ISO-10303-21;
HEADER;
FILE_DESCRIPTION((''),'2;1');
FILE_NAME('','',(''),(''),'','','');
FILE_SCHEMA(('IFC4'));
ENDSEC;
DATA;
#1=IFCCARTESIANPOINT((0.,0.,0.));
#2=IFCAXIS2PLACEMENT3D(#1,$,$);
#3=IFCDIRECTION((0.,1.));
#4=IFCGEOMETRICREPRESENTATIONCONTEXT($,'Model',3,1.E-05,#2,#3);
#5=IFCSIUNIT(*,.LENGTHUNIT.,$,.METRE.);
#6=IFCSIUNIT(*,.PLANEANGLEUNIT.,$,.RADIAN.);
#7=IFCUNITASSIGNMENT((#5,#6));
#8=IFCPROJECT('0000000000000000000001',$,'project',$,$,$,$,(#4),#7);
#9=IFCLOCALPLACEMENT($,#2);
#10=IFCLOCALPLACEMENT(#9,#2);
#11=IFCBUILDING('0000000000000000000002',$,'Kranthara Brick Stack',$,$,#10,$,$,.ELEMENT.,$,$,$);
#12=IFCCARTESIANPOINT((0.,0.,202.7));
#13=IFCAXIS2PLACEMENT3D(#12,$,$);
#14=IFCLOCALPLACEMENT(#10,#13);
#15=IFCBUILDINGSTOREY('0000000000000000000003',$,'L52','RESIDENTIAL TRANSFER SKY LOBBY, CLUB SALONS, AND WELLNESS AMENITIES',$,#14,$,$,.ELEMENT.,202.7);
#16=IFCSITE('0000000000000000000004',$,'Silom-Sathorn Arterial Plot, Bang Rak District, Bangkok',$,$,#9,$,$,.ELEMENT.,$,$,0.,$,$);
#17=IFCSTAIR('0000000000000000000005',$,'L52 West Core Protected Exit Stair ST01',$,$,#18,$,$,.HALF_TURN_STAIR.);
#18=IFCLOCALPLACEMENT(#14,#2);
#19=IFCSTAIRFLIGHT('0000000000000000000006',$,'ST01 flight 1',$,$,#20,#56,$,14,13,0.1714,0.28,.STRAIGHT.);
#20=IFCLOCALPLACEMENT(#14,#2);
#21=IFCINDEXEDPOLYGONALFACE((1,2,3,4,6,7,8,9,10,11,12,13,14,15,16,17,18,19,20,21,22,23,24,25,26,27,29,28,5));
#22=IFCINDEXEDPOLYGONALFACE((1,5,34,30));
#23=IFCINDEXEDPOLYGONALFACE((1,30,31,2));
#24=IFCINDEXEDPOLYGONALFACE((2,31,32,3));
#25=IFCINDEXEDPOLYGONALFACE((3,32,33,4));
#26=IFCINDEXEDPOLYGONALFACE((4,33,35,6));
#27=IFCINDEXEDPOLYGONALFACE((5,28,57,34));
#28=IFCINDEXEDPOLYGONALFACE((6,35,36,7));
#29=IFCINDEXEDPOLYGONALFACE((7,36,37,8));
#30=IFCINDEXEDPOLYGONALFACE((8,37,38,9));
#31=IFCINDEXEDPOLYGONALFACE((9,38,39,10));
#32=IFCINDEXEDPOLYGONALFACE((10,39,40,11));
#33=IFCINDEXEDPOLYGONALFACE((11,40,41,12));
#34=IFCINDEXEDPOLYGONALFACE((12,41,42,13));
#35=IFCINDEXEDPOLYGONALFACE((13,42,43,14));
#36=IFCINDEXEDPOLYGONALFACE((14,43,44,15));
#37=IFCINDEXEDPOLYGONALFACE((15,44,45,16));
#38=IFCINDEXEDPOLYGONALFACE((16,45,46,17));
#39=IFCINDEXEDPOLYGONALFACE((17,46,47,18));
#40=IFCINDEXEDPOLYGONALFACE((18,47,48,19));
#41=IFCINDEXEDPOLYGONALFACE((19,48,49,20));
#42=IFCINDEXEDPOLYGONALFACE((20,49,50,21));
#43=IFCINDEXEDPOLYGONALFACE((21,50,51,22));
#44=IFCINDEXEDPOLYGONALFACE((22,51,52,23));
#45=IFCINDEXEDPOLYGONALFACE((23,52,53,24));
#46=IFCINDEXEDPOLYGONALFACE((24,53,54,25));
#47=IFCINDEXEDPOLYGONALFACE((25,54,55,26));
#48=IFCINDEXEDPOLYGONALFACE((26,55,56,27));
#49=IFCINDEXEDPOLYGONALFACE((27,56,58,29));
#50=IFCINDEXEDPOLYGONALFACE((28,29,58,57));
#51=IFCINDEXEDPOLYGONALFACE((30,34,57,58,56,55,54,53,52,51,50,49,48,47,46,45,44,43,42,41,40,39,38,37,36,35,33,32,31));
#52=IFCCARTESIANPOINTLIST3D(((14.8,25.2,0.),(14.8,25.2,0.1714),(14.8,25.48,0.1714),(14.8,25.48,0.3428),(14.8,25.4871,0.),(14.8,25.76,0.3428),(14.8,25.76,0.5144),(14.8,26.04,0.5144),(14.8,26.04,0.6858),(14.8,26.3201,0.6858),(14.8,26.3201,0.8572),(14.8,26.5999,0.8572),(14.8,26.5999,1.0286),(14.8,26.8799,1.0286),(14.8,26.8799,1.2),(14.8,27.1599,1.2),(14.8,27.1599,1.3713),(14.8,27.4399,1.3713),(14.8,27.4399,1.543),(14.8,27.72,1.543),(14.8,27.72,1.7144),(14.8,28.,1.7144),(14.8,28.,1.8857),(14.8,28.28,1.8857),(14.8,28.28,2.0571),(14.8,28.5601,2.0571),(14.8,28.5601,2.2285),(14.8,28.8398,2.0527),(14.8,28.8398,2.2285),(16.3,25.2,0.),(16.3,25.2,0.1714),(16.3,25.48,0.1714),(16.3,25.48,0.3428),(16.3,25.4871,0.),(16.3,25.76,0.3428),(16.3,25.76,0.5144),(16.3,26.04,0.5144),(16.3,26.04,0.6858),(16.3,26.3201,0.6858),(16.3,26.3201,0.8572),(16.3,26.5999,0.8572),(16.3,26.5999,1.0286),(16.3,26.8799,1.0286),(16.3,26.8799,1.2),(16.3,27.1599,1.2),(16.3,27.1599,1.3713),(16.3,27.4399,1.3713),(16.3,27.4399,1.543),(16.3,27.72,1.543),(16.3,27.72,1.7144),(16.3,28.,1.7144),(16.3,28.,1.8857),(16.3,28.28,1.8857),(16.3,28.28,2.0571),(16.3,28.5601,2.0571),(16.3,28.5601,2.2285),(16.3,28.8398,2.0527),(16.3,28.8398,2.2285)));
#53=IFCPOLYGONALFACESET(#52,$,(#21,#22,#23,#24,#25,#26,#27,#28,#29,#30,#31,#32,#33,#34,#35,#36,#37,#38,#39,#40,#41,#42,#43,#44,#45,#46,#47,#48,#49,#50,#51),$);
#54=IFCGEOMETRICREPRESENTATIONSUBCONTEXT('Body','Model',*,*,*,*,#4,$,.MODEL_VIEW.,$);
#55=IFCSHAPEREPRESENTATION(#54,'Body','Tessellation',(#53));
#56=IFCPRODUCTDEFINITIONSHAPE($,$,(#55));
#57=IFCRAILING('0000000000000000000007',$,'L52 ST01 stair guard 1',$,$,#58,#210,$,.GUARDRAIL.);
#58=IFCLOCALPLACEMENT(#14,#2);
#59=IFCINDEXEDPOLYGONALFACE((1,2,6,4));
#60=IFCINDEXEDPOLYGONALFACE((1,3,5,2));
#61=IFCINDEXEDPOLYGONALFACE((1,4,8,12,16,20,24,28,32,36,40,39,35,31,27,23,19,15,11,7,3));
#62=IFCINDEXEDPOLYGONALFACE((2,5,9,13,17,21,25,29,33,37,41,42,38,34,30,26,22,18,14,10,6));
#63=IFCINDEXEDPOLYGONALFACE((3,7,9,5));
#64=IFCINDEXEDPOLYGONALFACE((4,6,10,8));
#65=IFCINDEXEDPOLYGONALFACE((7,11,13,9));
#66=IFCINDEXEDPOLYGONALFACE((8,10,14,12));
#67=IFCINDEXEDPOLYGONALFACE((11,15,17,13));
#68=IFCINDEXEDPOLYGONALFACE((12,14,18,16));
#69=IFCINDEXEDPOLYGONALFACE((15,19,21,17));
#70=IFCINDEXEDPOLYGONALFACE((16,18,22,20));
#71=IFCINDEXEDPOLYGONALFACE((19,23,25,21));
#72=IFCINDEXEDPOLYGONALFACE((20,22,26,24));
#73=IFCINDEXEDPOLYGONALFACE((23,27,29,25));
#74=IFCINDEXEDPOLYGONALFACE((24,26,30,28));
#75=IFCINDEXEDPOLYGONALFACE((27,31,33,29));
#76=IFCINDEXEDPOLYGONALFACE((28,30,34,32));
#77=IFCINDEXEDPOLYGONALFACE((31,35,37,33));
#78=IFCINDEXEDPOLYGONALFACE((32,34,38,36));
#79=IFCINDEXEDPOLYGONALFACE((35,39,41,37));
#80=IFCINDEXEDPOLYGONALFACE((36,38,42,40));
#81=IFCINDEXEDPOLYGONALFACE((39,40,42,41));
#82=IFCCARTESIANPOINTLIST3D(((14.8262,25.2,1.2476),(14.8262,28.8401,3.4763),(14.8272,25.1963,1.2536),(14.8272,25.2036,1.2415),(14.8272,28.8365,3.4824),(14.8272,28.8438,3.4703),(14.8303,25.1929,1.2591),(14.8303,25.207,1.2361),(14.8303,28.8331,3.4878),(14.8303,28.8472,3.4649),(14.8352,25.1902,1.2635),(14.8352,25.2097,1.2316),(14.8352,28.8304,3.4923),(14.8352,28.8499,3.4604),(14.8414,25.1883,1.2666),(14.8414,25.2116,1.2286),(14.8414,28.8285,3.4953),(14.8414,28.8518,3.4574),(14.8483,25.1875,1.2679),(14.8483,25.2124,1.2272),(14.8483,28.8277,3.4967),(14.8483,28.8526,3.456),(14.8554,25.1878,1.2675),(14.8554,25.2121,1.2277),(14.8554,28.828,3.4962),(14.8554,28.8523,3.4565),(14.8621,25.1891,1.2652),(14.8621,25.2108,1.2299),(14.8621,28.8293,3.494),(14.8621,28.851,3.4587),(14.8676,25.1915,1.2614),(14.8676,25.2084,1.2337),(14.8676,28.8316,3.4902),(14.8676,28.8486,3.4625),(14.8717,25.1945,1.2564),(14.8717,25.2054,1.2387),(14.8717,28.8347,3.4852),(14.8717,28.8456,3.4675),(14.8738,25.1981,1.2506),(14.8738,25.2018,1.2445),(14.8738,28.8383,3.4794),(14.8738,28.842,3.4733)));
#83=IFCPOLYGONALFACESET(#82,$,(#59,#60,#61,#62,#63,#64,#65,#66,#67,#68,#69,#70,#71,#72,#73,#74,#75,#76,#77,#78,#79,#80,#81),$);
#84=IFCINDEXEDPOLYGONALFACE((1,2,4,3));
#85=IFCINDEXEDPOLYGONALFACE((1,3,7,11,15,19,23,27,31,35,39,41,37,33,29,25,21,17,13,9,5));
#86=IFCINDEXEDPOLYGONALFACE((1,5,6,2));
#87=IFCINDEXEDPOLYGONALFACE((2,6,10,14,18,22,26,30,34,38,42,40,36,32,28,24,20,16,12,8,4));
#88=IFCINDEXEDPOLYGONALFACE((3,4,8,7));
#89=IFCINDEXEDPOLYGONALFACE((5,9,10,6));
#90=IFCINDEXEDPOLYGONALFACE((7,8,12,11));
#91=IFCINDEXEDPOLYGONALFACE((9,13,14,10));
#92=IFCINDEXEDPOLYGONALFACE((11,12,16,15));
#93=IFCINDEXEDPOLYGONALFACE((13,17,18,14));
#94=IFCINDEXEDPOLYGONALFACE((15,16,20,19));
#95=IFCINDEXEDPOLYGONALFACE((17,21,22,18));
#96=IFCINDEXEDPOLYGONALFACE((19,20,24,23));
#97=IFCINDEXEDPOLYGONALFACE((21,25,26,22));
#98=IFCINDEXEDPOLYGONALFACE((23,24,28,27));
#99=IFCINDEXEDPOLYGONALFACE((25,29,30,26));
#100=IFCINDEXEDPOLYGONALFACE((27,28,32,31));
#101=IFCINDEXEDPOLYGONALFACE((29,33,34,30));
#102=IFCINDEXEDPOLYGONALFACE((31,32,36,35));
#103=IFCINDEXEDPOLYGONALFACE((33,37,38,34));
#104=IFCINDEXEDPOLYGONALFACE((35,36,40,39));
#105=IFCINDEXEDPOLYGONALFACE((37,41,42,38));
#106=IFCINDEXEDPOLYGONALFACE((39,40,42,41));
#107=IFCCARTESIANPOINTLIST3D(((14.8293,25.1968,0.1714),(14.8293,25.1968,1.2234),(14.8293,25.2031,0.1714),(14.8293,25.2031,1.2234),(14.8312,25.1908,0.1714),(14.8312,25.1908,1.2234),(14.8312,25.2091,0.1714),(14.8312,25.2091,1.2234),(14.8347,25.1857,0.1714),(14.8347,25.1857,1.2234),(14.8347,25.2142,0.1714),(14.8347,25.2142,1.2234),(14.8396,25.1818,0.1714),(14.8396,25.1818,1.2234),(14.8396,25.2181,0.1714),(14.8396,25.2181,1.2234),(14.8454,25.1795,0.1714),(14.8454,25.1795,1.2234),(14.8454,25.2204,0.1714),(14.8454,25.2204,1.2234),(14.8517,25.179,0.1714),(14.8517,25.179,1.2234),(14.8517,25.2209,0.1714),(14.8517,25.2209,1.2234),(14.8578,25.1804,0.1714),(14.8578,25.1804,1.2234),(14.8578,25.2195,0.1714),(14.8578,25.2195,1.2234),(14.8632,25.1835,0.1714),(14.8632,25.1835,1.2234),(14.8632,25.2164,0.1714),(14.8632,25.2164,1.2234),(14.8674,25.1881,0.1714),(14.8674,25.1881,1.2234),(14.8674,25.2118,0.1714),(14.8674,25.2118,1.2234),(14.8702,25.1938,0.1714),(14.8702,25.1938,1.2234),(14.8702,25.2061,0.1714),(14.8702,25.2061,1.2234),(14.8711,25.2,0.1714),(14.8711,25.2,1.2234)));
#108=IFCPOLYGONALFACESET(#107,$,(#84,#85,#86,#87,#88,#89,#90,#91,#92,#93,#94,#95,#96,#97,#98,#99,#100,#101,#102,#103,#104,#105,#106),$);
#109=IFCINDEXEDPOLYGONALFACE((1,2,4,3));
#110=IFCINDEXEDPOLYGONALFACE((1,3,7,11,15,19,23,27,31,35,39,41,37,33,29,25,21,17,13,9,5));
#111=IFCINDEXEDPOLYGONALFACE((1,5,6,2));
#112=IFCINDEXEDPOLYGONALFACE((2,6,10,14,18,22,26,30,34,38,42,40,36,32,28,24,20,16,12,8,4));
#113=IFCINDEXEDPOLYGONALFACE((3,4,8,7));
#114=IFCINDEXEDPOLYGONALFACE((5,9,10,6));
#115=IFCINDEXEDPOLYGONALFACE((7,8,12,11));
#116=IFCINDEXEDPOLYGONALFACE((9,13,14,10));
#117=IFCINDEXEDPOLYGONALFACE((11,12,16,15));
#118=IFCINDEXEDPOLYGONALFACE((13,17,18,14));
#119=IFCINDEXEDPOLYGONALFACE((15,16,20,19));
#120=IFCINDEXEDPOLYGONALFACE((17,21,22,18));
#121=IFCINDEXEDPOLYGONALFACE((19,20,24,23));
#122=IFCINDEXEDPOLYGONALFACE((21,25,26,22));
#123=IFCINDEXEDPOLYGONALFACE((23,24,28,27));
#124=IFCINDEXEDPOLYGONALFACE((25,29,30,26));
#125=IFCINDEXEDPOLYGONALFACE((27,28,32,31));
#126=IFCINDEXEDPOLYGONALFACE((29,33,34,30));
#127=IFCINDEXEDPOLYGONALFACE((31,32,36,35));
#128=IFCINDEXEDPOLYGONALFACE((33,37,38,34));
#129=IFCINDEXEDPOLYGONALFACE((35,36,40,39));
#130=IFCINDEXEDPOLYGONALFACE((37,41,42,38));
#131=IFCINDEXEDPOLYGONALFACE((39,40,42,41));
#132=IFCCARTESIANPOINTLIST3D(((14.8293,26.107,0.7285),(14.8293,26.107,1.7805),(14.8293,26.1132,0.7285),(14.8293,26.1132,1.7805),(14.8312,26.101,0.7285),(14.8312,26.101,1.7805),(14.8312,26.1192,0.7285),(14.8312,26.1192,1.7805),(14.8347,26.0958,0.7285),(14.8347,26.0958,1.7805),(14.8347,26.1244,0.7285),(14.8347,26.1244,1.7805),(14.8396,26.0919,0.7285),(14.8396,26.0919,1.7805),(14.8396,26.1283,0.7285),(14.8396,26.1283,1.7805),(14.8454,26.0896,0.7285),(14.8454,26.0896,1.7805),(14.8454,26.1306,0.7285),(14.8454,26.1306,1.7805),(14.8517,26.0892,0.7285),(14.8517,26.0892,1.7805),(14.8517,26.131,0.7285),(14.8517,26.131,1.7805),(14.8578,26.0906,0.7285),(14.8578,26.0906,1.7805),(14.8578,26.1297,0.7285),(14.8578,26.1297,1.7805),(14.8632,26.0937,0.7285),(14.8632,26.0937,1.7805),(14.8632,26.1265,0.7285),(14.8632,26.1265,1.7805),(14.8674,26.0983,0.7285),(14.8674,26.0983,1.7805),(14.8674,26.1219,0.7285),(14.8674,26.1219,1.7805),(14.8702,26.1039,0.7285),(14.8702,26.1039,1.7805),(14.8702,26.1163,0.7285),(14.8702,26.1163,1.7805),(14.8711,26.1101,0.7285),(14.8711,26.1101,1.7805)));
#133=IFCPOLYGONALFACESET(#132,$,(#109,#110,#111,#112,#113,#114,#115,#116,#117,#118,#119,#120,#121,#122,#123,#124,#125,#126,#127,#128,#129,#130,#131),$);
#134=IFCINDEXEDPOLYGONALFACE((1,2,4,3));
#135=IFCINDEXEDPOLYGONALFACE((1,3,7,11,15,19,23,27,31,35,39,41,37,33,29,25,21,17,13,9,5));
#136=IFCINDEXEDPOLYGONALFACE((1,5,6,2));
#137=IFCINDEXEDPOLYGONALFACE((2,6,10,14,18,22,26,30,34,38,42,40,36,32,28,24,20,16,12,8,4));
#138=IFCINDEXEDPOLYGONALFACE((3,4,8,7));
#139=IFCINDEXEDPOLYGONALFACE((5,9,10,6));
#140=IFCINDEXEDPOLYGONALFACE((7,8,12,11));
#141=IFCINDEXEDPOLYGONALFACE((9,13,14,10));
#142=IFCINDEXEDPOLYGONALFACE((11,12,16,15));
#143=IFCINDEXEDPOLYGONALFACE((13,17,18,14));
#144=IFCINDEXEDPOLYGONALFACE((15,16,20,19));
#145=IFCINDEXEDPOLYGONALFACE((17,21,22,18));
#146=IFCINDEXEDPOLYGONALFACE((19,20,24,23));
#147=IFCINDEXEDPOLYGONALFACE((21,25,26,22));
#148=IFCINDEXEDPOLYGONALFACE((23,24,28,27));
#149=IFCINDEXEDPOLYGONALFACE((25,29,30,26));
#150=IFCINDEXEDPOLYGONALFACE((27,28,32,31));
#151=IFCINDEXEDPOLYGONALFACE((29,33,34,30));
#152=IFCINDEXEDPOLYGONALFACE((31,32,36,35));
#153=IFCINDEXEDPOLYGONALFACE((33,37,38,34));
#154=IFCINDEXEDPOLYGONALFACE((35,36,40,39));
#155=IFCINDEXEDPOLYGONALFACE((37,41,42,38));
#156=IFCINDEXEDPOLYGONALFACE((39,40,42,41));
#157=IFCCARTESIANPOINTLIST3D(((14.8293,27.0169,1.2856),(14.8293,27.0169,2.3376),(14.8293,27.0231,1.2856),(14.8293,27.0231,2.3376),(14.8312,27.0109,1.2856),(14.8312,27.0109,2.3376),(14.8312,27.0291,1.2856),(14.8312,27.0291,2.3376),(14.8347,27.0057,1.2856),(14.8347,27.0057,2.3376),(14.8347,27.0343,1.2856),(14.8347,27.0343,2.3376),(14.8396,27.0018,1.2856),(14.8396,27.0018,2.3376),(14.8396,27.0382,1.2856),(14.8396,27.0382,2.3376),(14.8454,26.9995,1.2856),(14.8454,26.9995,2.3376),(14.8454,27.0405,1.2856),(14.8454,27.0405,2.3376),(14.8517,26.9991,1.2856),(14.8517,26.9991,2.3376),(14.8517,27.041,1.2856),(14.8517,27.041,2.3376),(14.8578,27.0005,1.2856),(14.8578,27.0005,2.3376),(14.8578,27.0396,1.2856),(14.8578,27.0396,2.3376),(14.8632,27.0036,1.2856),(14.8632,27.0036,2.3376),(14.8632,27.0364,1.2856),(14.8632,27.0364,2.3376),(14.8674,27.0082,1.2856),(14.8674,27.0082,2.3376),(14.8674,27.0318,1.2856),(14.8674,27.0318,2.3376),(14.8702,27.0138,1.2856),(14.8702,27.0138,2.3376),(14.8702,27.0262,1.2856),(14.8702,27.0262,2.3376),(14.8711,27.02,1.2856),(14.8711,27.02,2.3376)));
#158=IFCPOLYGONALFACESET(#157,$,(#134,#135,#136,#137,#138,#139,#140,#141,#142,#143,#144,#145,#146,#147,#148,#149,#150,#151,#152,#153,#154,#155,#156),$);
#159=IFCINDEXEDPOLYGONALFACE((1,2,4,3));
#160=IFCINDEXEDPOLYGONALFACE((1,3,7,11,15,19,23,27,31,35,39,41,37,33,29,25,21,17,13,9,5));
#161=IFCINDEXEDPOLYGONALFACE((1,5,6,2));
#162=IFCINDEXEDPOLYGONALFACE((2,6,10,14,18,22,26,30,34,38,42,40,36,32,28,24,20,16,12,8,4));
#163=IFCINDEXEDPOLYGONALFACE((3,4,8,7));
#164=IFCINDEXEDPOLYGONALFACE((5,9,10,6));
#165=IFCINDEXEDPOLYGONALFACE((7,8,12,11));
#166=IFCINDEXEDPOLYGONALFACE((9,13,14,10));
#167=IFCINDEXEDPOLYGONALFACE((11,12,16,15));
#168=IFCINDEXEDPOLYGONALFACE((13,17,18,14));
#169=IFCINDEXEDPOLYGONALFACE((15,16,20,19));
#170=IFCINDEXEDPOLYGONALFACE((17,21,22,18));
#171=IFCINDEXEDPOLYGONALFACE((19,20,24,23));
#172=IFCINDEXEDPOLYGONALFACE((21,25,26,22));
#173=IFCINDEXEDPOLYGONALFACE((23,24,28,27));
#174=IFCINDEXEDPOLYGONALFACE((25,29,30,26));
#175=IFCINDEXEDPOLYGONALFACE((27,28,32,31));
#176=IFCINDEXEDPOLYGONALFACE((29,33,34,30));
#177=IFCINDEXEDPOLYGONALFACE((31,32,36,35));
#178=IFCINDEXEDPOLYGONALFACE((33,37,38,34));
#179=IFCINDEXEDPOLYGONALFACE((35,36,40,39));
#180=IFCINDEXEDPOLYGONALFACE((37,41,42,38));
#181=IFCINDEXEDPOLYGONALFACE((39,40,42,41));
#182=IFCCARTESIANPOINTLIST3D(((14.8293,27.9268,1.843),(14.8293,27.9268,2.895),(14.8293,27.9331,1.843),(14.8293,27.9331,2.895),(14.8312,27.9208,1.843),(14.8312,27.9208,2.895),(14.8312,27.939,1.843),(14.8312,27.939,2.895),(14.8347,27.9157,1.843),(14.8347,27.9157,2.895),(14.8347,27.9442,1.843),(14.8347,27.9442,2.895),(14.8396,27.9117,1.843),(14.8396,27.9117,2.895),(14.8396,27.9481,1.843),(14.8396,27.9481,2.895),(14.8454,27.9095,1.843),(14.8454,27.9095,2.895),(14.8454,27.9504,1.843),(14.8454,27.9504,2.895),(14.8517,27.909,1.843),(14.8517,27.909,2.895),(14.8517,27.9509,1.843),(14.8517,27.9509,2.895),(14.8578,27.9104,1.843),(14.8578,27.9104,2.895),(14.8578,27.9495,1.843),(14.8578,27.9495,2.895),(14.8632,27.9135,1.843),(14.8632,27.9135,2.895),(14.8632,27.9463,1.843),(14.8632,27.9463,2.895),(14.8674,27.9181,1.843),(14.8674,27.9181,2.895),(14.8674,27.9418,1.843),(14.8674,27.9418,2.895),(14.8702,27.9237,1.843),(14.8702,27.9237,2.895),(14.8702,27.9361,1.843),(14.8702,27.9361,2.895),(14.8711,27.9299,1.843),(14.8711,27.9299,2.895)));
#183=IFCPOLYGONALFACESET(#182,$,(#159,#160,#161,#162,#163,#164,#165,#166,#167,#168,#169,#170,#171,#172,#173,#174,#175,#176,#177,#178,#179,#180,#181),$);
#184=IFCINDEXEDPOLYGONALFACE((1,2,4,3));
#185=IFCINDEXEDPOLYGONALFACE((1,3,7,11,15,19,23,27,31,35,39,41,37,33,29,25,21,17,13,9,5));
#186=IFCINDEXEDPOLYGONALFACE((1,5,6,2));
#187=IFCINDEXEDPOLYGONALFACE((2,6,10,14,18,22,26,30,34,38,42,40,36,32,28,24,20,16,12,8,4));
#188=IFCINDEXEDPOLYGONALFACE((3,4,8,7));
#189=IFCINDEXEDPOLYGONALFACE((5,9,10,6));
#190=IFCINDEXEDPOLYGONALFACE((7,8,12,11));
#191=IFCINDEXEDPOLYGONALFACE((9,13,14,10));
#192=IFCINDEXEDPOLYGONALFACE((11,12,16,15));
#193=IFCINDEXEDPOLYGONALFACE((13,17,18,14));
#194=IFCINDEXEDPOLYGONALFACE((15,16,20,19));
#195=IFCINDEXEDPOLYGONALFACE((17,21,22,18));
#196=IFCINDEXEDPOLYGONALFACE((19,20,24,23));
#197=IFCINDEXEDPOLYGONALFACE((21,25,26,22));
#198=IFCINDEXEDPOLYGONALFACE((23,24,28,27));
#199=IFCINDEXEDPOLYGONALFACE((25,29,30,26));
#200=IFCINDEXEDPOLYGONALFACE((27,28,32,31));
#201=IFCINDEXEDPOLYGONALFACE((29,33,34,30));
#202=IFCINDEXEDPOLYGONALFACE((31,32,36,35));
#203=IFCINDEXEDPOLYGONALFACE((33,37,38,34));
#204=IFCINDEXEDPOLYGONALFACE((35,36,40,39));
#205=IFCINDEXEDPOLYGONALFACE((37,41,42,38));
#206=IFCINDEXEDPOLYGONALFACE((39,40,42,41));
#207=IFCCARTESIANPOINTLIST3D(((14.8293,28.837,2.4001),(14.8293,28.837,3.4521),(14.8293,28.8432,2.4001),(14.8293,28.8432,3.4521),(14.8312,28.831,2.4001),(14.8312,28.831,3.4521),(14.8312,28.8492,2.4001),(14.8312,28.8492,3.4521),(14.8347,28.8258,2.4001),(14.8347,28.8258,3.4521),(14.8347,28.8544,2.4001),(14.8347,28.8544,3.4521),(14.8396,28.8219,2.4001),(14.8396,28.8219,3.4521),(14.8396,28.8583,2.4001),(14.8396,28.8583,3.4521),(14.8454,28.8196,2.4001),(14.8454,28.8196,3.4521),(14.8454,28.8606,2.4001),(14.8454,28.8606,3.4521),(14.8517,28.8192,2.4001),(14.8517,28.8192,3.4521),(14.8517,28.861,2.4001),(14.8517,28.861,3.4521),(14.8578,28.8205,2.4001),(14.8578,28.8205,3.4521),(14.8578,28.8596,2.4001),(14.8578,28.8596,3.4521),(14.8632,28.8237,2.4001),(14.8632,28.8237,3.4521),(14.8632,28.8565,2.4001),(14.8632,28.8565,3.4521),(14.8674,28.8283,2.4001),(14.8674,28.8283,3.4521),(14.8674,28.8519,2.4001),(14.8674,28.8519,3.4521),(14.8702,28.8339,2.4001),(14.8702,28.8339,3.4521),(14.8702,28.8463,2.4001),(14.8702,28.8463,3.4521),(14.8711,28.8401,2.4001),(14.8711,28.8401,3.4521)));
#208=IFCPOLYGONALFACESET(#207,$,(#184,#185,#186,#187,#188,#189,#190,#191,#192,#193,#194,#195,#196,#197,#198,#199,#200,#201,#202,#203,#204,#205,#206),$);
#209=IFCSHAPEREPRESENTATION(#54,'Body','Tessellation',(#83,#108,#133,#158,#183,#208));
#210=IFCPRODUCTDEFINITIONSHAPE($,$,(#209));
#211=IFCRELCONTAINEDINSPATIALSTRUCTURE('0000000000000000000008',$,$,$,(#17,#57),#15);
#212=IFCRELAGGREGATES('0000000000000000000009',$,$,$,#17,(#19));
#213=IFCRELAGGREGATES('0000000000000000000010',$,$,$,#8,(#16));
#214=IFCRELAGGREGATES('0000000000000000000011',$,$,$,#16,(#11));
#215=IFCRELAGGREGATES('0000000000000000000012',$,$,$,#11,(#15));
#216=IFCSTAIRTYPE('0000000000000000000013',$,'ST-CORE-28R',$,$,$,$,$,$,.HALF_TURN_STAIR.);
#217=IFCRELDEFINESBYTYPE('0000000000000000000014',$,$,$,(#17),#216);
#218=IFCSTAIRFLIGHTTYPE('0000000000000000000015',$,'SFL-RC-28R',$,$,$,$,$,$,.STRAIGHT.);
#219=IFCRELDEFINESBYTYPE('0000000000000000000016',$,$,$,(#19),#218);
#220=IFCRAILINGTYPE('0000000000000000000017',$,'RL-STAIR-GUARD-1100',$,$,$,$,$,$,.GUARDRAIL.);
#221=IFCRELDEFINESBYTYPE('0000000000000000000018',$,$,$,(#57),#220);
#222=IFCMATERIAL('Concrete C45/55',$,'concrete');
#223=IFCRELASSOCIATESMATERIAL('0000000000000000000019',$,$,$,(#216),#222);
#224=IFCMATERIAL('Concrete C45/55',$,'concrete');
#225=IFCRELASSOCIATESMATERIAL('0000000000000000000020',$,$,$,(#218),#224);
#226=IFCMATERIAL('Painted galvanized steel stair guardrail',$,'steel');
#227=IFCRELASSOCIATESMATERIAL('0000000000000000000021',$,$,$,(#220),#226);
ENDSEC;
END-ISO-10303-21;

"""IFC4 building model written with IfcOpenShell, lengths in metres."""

from ifc_helpers import new_model, si_unit, direction, frame, origin, origin_2d, place, context, subcontext, project, spatial, polyline, circle, outline, extrude, material, type_object, element, aggregate, save


model = new_model("IFC4")

# Units and contexts
model_context = context("Model", 3, precision=1e-05, world=origin(), true_north=direction((0.0, 1.0)))
body_context = subcontext(model_context, "Body", "Model", "MODEL_VIEW")
ifc_project = project(units=[si_unit("LENGTHUNIT", "METRE"), si_unit("PLANEANGLEUNIT", "RADIAN")], contexts=[model_context])

# Site, building, storey
site_placement = place(None, origin())
site = spatial("IfcSite", under=ifc_project, at=site_placement, Name="Silom-Sathorn Arterial Plot, Bang Rak District, Bangkok", CompositionType="ELEMENT", RefElevation=0.0)
building_placement = place(site_placement, origin())
building = spatial("IfcBuilding", under=site, at=building_placement, Name="Kranthara Brick Stack", CompositionType="ELEMENT")
storey_placement = place(building_placement, frame((0.0, 0.0, 202.7)))
storey = spatial("IfcBuildingStorey", under=building, at=storey_placement, Name="L52", Description="RESIDENTIAL TRANSFER SKY LOBBY, CLUB SALONS, AND WELLNESS AMENITIES", CompositionType="ELEMENT", Elevation=202.7)

# Stair, stair flight
ifc_material_1 = material(Name="Concrete C45/55", Category="concrete")
stair_type = type_object("IfcStairType", Name="ST-CORE-28R", PredefinedType="HALF_TURN_STAIR", material=ifc_material_1)
stair_placement = place(storey_placement, origin())
stair = element("IfcStair", 1, at=stair_placement, inside=storey, type_object=stair_type, Name="L52 West Core Protected Exit Stair ST01", PredefinedType="HALF_TURN_STAIR")
ifc_material_2 = material(Name="Concrete C45/55", Category="concrete")
stair_flight_type = type_object("IfcStairFlightType", Name="SFL-RC-28R", PredefinedType="STRAIGHT", material=ifc_material_2)
stair_flight_placement = place(storey_placement, frame((15.55, 25.2, 0.0), z_axis=(0.0, 0.0, 1.0), x_axis=(0.0, 1.0, 0.0)))
stair_flight = element("IfcStairFlight", 2, at=stair_flight_placement, type_object=stair_flight_type, Name="ST01 flight 1", NumberOfRisers=14, NumberOfTreads=13, PredefinedType="STRAIGHT", RiserHeight=0.1714, TreadLength=0.28, context=body_context, shape_type="SweptSolid", body=[
    extrude(outline(polyline([(0.0, 0.0), (0.0, 0.1714), (0.28, 0.1714), (0.28, 0.3428), (0.5601, 0.3428), (0.5601, 0.5144), (0.8401, 0.5144), (0.8401, 0.6858), (1.1201, 0.6858), (1.1201, 0.8572), (1.3999, 0.8572), (1.3999, 1.0286), (1.6799, 1.0286), (1.6799, 1.2), (1.96, 1.2), (1.96, 1.3713), (2.24, 1.3713), (2.24, 1.543), (2.52, 1.543), (2.52, 1.7144), (2.8, 1.7144), (2.8, 1.8857), (3.0801, 1.8857), (3.0801, 2.0571), (3.3601, 2.0571), (3.3601, 2.2285), (3.6399, 2.2285), (3.6399, 2.3999), (3.6399, 2.0527), (0.2871, 0.0), (0.0, 0.0)])), frame((0.0, 0.75, 0.0), z_axis=(0.0, -1.0, 0.0), x_axis=(1.0, 0.0, 0.0)), (0.0, 0.0, 1.0), 1.5),
])
aggregate(stair, [stair_flight])

# Railing
ifc_material_3 = material(Name="Painted galvanized steel stair guardrail", Category="steel")
railing_type_1 = type_object("IfcRailingType", Name="RL-STAIR-GUARD-1100", PredefinedType="GUARDRAIL", material=ifc_material_3)
railing_1_placement = place(storey_placement, frame((14.8501, 25.2, 0.1714)))
element("IfcRailing", 3, at=railing_1_placement, inside=storey, type_object=railing_type_1, Name="L52 ST01 stair guard 1", PredefinedType="GUARDRAIL", context=body_context, shape_type="SweptSolid", body=[
    extrude(circle(Radius=0.0239, at=origin_2d()), frame((0.0, 0.0, 1.0762), z_axis=(0.0, 0.85284, 0.522172), x_axis=(-1.0, 0.0, 0.0)), (0.0, 0.0, 1.0), 4.2683),
    extrude(circle(Radius=0.021, at=origin_2d()), origin(), (0.0, 0.0, 1.0), 1.052),
    extrude(circle(Radius=0.021, at=origin_2d()), frame((0.0, 0.9102, 0.5571)), (0.0, 0.0, 1.0), 1.052),
    extrude(circle(Radius=0.021, at=origin_2d()), frame((0.0, 1.8201, 1.1143)), (0.0, 0.0, 1.0), 1.052),
    extrude(circle(Radius=0.021, at=origin_2d()), frame((0.0, 2.73, 1.6716)), (0.0, 0.0, 1.0), 1.052),
    extrude(circle(Radius=0.021, at=origin_2d()), frame((0.0, 3.6401, 2.2288)), (0.0, 0.0, 1.0), 1.052),
])

save(model, "model.ifc")
